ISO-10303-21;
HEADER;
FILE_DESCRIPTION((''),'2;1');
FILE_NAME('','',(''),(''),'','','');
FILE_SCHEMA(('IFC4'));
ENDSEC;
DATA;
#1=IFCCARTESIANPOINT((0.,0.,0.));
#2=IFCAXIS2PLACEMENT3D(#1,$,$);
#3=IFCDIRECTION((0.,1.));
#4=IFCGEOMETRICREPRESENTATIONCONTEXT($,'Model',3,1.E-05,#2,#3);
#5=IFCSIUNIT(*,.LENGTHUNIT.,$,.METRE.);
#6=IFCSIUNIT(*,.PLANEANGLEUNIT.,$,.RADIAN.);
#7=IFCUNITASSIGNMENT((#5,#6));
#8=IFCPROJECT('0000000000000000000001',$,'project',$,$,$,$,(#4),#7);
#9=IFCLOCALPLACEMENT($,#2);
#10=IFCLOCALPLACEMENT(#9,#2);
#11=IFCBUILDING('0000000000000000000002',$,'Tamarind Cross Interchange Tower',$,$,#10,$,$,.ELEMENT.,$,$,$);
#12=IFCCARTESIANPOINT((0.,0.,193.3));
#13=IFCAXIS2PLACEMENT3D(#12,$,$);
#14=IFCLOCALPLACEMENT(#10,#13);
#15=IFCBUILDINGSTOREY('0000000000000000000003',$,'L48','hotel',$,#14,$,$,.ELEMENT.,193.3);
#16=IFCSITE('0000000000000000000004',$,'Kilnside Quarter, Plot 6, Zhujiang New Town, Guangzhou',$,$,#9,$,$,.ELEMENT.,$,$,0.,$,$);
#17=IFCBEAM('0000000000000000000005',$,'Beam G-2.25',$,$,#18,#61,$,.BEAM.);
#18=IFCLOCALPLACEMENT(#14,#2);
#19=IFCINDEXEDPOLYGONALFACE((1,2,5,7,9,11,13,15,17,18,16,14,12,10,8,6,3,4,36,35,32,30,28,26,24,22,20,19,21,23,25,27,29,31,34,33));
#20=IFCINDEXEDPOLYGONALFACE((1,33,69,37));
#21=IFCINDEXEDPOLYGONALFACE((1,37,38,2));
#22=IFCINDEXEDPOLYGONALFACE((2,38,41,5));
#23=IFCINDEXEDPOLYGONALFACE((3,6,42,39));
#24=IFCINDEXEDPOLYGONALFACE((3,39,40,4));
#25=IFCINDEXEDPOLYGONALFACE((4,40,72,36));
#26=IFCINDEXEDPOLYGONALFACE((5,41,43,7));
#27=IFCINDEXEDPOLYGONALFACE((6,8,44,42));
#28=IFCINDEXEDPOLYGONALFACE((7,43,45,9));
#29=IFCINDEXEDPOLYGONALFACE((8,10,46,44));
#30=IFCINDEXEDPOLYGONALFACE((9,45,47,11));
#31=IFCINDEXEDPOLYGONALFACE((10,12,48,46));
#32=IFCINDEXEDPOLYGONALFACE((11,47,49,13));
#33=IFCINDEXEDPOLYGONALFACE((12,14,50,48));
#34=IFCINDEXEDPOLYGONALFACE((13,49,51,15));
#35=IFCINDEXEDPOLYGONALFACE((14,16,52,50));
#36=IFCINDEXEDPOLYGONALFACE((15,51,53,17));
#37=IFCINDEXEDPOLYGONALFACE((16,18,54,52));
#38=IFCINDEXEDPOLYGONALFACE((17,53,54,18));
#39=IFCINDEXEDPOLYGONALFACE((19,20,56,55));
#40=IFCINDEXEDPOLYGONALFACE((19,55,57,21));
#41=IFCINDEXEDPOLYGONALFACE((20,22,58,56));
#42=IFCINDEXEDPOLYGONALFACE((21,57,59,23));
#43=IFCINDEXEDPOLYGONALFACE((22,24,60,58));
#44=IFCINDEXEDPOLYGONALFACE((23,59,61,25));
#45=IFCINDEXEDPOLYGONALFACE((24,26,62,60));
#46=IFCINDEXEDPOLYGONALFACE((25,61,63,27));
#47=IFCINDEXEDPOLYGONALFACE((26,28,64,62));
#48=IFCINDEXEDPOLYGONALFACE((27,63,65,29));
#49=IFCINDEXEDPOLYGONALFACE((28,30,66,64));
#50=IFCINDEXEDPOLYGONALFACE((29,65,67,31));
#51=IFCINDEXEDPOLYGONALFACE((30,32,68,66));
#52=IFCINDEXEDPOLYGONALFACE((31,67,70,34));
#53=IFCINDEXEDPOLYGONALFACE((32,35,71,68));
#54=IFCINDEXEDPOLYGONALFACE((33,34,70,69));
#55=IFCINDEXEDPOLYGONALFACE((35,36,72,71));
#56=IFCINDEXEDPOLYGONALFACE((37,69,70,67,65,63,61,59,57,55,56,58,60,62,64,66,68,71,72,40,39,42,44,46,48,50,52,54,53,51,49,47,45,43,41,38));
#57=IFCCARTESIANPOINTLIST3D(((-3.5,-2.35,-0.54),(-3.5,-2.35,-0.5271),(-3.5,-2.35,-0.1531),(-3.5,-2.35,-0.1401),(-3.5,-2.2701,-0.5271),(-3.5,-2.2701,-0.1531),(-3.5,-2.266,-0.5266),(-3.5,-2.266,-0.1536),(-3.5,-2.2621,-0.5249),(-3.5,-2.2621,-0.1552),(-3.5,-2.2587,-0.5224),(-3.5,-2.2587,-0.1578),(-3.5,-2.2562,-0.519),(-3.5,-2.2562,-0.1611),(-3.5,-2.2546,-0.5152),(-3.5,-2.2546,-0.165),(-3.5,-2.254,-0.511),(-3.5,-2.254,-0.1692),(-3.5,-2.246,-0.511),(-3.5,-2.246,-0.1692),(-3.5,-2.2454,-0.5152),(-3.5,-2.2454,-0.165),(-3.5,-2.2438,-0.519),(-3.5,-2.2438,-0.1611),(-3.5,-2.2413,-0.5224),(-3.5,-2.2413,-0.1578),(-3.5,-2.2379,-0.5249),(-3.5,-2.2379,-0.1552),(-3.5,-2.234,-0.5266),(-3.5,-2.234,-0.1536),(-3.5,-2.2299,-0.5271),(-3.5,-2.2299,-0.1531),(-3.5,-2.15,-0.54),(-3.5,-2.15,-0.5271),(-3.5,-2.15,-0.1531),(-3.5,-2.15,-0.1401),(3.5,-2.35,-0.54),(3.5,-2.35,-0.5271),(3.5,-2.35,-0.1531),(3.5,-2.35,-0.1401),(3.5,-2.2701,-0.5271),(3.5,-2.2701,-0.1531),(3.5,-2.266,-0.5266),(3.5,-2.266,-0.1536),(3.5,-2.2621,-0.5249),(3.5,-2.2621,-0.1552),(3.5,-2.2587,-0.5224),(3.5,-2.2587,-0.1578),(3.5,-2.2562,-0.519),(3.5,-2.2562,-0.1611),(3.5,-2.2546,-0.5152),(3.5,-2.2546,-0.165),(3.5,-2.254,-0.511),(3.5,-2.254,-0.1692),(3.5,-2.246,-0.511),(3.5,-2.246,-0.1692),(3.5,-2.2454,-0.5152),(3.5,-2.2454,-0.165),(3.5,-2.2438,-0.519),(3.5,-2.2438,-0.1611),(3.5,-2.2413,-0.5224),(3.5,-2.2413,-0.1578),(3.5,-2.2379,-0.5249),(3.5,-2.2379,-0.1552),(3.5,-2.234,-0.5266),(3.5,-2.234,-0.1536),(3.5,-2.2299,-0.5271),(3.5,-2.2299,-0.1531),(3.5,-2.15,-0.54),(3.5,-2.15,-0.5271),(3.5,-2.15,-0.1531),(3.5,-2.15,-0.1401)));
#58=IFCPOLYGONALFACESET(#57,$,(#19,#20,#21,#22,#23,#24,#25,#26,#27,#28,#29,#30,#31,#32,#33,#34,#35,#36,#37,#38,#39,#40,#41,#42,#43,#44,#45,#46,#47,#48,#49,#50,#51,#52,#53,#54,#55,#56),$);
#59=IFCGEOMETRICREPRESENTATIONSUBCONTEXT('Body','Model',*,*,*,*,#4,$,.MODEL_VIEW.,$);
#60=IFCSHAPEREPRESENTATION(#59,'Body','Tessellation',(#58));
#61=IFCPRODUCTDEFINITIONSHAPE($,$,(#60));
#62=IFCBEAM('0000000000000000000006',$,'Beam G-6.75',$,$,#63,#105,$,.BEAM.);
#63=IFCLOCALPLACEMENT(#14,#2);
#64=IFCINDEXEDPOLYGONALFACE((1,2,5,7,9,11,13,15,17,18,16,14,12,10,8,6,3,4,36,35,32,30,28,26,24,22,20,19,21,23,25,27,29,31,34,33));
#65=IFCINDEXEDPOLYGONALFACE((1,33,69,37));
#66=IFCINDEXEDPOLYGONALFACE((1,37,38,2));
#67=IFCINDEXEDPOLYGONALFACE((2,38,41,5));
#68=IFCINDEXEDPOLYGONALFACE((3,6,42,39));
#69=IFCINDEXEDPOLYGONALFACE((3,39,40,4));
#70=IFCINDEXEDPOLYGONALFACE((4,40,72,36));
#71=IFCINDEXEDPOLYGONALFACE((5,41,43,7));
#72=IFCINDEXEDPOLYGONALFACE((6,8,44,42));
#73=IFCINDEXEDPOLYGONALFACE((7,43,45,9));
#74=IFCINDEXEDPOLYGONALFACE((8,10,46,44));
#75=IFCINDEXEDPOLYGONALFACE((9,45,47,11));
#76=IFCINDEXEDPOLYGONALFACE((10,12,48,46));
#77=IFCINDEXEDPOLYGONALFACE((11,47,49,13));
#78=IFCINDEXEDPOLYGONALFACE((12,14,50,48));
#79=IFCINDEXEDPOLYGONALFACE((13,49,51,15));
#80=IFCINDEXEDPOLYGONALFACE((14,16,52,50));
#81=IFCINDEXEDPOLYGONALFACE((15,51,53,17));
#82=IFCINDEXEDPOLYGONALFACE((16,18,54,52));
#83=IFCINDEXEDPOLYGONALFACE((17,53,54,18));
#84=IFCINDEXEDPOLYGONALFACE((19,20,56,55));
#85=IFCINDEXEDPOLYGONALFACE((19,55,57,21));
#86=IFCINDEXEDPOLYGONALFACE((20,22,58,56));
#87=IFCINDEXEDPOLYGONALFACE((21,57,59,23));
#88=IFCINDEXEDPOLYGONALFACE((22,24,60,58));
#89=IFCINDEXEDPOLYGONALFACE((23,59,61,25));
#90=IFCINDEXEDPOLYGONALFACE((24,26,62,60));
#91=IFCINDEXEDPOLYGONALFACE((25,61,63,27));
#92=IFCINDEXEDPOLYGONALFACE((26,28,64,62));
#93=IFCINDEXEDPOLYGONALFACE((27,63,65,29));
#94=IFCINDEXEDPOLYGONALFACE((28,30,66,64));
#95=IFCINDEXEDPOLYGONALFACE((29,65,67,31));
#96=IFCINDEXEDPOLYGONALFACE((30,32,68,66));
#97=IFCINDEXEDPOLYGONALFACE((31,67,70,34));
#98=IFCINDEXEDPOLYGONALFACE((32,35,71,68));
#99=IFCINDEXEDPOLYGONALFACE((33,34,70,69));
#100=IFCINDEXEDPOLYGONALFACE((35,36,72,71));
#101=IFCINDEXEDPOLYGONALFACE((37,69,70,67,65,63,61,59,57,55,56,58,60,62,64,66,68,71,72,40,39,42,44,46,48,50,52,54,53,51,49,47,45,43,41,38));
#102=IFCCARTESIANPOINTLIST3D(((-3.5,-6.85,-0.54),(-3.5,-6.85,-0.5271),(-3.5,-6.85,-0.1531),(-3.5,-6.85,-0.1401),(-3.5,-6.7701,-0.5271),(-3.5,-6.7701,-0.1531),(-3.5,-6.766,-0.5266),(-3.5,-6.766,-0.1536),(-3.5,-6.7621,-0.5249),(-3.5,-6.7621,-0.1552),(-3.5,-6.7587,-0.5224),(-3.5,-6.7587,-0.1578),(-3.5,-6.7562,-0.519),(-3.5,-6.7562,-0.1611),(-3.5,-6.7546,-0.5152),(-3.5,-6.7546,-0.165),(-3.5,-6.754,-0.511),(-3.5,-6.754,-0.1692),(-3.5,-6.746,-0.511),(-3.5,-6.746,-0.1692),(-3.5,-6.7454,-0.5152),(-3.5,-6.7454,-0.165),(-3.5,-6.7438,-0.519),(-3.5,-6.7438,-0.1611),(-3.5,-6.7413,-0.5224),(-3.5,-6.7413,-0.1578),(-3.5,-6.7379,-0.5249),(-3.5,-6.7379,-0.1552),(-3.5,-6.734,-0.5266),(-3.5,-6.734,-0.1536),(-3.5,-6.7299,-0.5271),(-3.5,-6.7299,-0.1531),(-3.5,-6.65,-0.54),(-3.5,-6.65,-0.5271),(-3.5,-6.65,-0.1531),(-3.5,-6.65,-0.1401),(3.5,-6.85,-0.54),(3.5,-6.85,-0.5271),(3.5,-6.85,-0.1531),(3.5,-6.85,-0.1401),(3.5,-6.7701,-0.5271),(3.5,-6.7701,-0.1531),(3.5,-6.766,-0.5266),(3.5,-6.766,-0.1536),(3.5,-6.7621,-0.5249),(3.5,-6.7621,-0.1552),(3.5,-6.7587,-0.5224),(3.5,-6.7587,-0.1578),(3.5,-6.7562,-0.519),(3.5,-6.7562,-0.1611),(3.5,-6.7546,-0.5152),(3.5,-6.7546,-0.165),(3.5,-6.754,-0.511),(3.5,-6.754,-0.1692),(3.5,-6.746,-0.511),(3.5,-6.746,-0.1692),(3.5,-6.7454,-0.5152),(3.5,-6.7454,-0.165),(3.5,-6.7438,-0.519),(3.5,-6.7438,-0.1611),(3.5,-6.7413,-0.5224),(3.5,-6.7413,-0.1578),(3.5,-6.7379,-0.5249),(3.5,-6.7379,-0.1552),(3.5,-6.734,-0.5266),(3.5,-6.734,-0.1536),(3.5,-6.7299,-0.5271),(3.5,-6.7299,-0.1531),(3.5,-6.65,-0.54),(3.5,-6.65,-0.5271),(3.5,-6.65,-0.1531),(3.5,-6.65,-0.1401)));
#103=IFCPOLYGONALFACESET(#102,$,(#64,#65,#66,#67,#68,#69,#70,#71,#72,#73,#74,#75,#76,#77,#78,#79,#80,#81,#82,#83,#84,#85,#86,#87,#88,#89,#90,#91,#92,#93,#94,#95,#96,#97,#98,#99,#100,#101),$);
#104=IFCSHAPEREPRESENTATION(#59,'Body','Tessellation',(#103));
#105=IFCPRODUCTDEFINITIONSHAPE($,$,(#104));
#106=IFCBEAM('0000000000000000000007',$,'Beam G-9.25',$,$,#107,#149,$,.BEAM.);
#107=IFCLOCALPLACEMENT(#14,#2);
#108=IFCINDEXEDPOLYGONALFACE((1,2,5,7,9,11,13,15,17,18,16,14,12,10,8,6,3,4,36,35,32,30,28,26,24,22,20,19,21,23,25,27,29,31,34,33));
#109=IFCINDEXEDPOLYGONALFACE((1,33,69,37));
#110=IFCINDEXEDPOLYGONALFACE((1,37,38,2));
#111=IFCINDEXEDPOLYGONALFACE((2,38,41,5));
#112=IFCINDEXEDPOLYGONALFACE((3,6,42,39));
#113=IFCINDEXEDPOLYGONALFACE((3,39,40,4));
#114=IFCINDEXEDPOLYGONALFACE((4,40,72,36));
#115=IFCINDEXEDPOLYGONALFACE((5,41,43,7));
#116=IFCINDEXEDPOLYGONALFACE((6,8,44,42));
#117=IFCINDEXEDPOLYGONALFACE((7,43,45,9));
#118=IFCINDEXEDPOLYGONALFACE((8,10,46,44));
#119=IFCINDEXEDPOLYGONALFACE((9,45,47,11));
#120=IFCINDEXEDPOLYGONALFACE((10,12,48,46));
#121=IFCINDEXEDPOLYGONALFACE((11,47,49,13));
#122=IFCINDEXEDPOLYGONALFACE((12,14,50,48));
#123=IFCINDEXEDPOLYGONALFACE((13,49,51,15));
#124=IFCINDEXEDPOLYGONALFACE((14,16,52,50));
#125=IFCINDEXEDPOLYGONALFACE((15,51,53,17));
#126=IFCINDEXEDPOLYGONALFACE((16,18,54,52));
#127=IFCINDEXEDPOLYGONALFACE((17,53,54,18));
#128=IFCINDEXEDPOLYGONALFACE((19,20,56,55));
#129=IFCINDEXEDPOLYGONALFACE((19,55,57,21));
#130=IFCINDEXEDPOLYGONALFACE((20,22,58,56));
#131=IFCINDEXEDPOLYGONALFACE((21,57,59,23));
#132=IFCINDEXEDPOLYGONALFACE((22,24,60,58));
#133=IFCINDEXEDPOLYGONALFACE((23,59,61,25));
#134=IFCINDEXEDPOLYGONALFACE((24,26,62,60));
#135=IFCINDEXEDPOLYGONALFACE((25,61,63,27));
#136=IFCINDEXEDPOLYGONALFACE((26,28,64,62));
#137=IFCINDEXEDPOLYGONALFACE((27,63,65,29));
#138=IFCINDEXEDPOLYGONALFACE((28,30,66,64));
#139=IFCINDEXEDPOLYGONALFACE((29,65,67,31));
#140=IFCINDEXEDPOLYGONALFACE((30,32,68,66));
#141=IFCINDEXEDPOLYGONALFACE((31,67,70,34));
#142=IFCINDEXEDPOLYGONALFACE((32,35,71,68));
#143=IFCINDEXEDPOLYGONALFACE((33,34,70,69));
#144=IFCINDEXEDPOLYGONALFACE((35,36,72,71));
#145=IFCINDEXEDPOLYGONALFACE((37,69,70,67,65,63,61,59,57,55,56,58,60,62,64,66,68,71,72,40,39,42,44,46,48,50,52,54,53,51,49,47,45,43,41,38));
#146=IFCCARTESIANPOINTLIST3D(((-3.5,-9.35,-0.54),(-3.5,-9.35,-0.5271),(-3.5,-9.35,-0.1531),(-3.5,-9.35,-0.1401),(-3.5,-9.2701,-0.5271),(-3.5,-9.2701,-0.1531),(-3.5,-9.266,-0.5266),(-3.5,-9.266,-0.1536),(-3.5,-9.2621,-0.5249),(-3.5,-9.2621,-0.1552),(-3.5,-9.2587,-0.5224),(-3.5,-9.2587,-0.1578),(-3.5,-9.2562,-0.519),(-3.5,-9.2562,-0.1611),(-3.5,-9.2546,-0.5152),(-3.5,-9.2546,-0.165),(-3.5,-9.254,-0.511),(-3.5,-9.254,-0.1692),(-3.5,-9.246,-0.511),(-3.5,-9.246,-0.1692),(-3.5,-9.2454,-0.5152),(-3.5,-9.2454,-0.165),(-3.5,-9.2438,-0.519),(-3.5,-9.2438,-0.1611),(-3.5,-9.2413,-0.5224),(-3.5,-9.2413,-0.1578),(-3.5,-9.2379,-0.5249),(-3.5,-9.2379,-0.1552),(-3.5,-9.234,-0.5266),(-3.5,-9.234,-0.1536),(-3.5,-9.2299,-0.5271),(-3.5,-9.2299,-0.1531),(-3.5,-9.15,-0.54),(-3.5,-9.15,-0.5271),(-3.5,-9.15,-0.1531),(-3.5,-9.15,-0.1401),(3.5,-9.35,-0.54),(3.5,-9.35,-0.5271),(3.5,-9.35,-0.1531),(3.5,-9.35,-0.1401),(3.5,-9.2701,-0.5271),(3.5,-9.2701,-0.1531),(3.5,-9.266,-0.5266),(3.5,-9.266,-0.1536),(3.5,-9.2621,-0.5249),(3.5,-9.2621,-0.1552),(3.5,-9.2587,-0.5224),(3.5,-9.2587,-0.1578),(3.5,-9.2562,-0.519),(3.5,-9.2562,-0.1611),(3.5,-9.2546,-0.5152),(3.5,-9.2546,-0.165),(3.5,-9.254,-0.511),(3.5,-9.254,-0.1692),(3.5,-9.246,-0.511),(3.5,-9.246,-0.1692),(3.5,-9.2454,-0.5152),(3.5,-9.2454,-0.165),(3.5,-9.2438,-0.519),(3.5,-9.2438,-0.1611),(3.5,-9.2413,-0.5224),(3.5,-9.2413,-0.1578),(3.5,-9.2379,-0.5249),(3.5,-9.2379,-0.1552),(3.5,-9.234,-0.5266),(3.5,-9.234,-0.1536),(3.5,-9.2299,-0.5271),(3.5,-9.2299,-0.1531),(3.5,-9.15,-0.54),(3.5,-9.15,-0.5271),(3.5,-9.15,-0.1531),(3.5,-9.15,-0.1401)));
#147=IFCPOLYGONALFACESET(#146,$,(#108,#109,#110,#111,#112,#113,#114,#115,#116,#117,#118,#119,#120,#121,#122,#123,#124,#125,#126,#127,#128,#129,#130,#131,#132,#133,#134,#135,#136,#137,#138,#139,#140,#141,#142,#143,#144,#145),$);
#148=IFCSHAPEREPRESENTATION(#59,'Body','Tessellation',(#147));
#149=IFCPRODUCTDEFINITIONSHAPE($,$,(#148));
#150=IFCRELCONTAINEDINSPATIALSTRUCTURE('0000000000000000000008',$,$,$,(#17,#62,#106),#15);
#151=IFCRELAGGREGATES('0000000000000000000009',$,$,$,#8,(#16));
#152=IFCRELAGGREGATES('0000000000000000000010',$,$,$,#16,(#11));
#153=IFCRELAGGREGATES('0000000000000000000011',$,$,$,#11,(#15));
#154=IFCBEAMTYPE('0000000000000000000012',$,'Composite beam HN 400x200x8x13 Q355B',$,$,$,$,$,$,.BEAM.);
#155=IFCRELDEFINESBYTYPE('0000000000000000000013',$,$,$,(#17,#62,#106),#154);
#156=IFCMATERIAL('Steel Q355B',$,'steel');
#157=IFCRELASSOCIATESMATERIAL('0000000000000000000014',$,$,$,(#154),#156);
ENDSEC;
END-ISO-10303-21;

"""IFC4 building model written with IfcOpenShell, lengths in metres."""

from ifc_helpers import new_model, si_unit, direction, frame, origin, origin_2d, place, context, subcontext, project, spatial, i_section, extrude, material, material_profile, profile_set, type_object, element, save


model = new_model("IFC4")

# Units and contexts
model_context = context("Model", 3, precision=1e-05, world=origin(), true_north=direction((0.0, 1.0)))
body_context = subcontext(model_context, "Body", "Model", "MODEL_VIEW")
ifc_project = project(units=[si_unit("LENGTHUNIT", "METRE"), si_unit("PLANEANGLEUNIT", "RADIAN")], contexts=[model_context])

# Site, building, storey
site_placement = place(None, origin())
site = spatial("IfcSite", under=ifc_project, at=site_placement, Name="Kilnside Quarter, Plot 6, Zhujiang New Town, Guangzhou", CompositionType="ELEMENT", RefElevation=0.0)
building_placement = place(site_placement, origin())
building = spatial("IfcBuilding", under=site, at=building_placement, Name="Tamarind Cross Interchange Tower", CompositionType="ELEMENT")
storey_placement = place(building_placement, frame((0.0, 0.0, 193.3)))
storey = spatial("IfcBuildingStorey", under=building, at=storey_placement, Name="L48", Description="hotel", CompositionType="ELEMENT", Elevation=193.3)

# Beams
ifc_material_1 = material(Name="Steel Q355B", Category="steel")
ifc_material_profile = material_profile(ifc_material_1, i_section(OverallWidth=0.2, OverallDepth=0.3999, WebThickness=0.0081, FlangeThickness=0.0129, FilletRadius=0.0161, at=origin_2d()), Name="HN 400x200x8x13")
ifc_profile_set = profile_set([ifc_material_profile], Name="Steel Q355B")
beam_type = type_object("IfcBeamType", Name="Composite beam HN 400x200x8x13 Q355B", PredefinedType="BEAM", material=ifc_profile_set)
for number, where, z_axis, x_axis, name in (
    (1, (-3.5, -2.25, -0.3401), (1.0, 0.0, 0.0), (0.0, 1.0, 0.0), "Beam G-2.25"),
    (2, (-3.5, -6.75, -0.3401), (1.0, 0.0, 0.0), (0.0, 1.0, 0.0), "Beam G-6.75"),
    (3, (-3.5, -9.25, -0.3401), (1.0, 0.0, 0.0), (0.0, 1.0, 0.0), "Beam G-9.25"),
):
    element("IfcBeam", number, at=place(storey_placement, frame(where, z_axis=z_axis, x_axis=x_axis)), inside=storey, type_object=beam_type, Name=name, PredefinedType="BEAM", context=body_context, shape_type="SweptSolid", body=[
        extrude(i_section(OverallWidth=0.2, OverallDepth=0.3999, WebThickness=0.0081, FlangeThickness=0.0129, FilletRadius=0.0161, at=origin_2d()), origin(), (0.0, 0.0, 1.0), 7.0),
    ])

save(model, "model.ifc")
